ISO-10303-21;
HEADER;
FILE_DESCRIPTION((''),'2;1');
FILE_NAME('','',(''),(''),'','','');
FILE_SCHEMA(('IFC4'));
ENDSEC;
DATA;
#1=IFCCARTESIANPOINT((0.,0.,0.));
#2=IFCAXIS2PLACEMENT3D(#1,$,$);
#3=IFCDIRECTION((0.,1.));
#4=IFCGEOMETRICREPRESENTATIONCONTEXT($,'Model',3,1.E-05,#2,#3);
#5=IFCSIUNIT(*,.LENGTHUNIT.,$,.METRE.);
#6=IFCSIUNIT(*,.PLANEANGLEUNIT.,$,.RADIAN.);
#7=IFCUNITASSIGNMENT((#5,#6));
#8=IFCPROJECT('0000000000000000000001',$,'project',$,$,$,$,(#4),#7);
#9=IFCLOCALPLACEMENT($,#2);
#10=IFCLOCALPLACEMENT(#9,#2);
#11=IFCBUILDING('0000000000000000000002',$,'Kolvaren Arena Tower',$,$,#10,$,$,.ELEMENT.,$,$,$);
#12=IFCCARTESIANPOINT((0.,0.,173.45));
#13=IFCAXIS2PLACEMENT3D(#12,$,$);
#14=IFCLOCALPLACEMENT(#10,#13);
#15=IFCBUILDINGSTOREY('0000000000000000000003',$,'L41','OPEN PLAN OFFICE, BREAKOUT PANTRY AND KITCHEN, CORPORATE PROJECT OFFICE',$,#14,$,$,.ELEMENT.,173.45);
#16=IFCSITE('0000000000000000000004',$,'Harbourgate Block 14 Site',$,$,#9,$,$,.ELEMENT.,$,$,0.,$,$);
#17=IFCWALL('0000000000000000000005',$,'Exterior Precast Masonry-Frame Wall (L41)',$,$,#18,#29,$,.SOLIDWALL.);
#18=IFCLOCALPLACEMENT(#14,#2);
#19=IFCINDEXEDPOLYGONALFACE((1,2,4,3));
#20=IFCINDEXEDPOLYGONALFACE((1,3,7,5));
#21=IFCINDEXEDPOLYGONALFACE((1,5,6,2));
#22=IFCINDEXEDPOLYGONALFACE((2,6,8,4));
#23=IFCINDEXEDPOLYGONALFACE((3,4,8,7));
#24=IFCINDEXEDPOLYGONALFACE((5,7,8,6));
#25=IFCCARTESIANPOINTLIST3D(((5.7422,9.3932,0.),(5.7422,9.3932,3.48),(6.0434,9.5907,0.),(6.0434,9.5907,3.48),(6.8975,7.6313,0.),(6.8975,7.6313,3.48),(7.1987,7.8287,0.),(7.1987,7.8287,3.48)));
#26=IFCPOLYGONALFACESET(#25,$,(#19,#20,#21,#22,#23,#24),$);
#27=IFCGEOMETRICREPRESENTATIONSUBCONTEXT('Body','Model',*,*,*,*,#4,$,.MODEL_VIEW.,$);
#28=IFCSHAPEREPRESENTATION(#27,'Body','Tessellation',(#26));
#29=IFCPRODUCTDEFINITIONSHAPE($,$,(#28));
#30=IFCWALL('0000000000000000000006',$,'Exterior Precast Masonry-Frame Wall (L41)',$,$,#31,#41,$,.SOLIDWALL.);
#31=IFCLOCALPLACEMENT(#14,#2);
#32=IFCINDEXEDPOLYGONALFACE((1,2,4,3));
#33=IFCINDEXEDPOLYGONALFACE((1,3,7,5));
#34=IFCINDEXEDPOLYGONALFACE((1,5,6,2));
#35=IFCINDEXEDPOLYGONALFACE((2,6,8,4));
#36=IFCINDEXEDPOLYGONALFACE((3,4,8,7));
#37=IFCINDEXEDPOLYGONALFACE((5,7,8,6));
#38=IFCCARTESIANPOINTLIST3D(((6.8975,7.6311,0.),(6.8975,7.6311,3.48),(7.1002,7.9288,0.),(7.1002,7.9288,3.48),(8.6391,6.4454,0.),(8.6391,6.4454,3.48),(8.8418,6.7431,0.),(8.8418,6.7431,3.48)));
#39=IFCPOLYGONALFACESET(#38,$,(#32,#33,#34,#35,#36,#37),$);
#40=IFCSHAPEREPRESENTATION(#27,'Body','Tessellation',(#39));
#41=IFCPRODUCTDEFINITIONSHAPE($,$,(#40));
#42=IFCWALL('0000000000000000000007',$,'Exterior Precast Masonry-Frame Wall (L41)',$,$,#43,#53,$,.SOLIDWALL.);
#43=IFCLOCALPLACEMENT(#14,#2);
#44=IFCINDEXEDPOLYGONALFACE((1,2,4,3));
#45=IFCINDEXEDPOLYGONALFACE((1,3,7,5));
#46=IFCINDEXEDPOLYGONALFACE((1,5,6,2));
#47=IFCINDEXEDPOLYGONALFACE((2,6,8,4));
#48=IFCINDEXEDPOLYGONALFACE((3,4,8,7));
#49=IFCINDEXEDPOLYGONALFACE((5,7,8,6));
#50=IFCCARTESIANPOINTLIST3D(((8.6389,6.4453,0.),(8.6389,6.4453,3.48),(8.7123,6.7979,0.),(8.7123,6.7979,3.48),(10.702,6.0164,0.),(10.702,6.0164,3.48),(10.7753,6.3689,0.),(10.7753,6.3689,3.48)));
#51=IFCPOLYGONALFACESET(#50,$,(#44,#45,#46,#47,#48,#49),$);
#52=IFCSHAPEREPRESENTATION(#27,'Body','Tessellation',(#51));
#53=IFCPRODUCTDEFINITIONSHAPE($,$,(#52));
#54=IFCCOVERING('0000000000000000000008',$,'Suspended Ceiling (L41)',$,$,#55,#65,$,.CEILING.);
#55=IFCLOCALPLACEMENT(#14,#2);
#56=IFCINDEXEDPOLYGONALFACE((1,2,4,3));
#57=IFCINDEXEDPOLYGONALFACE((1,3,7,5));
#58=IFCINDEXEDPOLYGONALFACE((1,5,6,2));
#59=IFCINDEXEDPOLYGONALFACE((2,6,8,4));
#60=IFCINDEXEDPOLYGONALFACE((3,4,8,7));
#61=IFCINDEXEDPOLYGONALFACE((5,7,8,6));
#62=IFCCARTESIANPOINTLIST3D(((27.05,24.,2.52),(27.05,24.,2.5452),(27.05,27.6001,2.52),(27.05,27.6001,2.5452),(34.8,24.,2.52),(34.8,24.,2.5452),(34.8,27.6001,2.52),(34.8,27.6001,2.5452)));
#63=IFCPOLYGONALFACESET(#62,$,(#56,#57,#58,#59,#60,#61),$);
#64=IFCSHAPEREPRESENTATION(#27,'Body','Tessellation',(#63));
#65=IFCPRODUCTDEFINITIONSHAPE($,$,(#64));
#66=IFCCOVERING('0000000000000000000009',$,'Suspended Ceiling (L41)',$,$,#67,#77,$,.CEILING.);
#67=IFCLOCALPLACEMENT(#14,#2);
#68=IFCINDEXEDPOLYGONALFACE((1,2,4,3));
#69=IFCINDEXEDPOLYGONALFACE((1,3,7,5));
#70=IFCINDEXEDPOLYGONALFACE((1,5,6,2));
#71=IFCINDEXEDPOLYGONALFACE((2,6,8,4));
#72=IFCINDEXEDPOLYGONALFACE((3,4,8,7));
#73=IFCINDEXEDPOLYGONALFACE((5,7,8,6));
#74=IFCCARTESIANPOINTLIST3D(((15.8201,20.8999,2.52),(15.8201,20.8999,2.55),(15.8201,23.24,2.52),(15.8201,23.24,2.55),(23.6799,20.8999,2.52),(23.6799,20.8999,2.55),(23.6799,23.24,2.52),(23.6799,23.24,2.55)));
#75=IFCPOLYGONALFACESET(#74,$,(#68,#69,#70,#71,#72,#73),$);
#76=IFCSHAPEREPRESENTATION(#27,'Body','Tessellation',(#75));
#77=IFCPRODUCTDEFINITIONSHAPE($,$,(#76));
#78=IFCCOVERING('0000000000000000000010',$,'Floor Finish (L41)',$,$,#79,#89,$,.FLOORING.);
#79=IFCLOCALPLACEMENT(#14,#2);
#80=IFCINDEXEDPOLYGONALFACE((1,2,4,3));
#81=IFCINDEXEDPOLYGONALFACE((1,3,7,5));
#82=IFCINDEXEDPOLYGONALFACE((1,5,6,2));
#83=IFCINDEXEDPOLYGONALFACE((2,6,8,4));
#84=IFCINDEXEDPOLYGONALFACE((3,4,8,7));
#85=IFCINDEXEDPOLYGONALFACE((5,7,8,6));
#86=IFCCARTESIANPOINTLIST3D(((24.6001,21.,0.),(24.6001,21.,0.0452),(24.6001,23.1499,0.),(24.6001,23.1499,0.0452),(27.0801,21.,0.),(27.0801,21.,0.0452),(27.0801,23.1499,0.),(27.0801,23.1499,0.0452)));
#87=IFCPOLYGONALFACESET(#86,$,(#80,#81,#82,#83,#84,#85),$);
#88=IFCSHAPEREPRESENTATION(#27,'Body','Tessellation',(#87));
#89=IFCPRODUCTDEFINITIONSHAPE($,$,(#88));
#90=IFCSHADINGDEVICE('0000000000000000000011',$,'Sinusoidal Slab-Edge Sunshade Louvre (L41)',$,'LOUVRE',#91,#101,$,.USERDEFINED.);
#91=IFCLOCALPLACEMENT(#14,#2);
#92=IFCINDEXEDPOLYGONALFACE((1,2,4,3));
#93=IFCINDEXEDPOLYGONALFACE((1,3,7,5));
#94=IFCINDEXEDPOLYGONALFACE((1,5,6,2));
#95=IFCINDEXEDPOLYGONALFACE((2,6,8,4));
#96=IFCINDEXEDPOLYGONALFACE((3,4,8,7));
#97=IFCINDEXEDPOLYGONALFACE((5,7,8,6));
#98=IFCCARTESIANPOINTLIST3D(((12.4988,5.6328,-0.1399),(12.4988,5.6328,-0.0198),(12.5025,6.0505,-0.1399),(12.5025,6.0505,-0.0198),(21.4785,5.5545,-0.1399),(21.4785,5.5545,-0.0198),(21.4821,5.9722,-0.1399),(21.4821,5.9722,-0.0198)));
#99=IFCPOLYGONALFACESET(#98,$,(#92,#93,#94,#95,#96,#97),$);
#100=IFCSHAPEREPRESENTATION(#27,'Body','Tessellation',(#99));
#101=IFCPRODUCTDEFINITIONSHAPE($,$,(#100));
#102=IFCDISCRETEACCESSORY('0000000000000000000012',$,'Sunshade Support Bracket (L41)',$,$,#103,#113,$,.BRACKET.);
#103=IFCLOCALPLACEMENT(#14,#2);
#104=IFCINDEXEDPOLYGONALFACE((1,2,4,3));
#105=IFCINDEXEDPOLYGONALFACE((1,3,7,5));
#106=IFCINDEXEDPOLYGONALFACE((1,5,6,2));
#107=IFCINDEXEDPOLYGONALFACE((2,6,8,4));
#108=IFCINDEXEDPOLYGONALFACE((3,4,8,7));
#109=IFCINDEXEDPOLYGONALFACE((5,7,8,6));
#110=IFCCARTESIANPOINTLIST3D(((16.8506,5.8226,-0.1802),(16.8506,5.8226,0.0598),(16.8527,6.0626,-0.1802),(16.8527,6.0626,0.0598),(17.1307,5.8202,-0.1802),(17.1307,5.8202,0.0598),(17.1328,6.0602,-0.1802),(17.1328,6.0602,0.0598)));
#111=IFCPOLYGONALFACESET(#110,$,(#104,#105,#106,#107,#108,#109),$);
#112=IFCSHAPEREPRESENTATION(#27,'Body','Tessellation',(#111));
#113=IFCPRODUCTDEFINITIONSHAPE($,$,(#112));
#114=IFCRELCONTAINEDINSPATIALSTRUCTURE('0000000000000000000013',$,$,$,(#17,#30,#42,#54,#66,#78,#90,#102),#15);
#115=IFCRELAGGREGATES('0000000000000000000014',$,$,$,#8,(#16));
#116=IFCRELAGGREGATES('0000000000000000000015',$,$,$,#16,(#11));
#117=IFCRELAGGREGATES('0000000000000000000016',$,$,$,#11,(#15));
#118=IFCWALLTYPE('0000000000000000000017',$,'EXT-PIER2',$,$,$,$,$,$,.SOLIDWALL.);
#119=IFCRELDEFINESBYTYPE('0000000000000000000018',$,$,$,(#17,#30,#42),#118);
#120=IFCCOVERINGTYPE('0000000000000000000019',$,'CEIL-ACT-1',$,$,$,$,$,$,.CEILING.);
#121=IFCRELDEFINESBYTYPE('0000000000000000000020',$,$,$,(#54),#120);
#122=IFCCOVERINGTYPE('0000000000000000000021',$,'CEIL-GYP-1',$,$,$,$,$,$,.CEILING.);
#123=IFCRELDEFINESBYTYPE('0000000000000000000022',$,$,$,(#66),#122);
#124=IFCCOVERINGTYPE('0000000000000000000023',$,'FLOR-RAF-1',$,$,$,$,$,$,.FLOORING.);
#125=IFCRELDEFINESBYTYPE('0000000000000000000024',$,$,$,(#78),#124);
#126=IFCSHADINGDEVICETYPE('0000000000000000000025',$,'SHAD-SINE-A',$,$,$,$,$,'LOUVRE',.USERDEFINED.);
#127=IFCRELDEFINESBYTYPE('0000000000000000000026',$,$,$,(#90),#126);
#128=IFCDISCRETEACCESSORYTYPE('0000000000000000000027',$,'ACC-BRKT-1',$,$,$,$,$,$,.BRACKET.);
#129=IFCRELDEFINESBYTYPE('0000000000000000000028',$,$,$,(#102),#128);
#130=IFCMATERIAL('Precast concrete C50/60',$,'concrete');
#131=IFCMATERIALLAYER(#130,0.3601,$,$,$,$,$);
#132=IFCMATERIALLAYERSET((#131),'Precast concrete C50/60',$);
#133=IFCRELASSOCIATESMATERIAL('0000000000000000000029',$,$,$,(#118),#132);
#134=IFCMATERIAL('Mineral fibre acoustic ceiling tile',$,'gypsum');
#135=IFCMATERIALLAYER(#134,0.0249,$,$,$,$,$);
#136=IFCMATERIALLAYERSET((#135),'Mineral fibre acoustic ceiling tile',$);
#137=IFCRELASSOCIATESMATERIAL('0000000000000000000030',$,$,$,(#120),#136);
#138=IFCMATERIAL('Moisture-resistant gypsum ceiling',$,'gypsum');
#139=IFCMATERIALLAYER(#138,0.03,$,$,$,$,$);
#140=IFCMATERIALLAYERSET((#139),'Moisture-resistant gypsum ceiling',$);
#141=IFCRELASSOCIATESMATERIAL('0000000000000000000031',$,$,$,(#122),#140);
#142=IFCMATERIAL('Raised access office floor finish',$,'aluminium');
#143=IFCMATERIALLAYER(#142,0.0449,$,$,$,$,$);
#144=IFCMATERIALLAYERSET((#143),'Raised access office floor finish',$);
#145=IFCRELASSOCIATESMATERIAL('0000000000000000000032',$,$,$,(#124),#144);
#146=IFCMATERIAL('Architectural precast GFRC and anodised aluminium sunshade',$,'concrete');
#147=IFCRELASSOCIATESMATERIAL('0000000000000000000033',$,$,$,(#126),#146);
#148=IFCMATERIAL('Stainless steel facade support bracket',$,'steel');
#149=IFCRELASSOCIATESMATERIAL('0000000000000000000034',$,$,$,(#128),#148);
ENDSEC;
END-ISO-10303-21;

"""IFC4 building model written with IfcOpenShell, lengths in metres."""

from ifc_helpers import new_model, si_unit, direction, frame, frame_2d, origin, origin_2d, place, context, subcontext, project, spatial, polyline, rectangle, outline, extrude, material, layer, layer_set, type_object, element, save


model = new_model("IFC4")

# Units and contexts
model_context = context("Model", 3, precision=1e-05, world=origin(), true_north=direction((0.0, 1.0)))
body_context = subcontext(model_context, "Body", "Model", "MODEL_VIEW")
ifc_project = project(units=[si_unit("LENGTHUNIT", "METRE"), si_unit("PLANEANGLEUNIT", "RADIAN")], contexts=[model_context])

# Site, building, storey
site_placement = place(None, origin())
site = spatial("IfcSite", under=ifc_project, at=site_placement, Name="Harbourgate Block 14 Site", CompositionType="ELEMENT", RefElevation=0.0)
building_placement = place(site_placement, origin())
building = spatial("IfcBuilding", under=site, at=building_placement, Name="Kolvaren Arena Tower", CompositionType="ELEMENT")
storey_placement = place(building_placement, frame((0.0, 0.0, 173.45)))
storey = spatial("IfcBuildingStorey", under=building, at=storey_placement, Name="L41", Description="OPEN PLAN OFFICE, BREAKOUT PANTRY AND KITCHEN, CORPORATE PROJECT OFFICE", CompositionType="ELEMENT", Elevation=173.45)

# Walls
ifc_material_1 = material(Name="Precast concrete C50/60", Category="concrete")
ifc_layer_1 = layer(ifc_material_1, 0.3601)
ifc_layer_set_1 = layer_set([ifc_layer_1], Name="Precast concrete C50/60")
wall_type = type_object("IfcWallType", Name="EXT-PIER2", PredefinedType="SOLIDWALL", material=ifc_layer_set_1)
for number, where, z_axis, x_axis, name in (
    (1, (7.0481, 7.73, 0.0), (0.0, 0.0, 1.0), (-0.54832, 0.836269, 0.0), "Exterior Precast Masonry-Frame Wall (L41)"),
    (2, (8.7405, 6.5942, 0.0), (0.0, 0.0, 1.0), (-0.82661, 0.562776, 0.0), "Exterior Precast Masonry-Frame Wall (L41)"),
):
    element("IfcWall", number, at=place(storey_placement, frame(where, z_axis=z_axis, x_axis=x_axis)), inside=storey, type_object=wall_type, Name=name, PredefinedType="SOLIDWALL", context=body_context, shape_type="SweptSolid", body=[
        extrude(rectangle(XDim=2.1069, YDim=0.3601, at=frame_2d((1.0535, 0.0))), origin(), (0.0, 0.0, 1.0), 3.48),
    ])
wall_placement = place(storey_placement, frame((10.7388, 6.1926, 0.0), z_axis=(0.0, 0.0, 1.0), x_axis=(-0.979059, 0.203575, 0.0)))
element("IfcWall", 3, at=wall_placement, inside=storey, type_object=wall_type, Name="Exterior Precast Masonry-Frame Wall (L41)", PredefinedType="SOLIDWALL", context=body_context, shape_type="SweptSolid", body=[
    extrude(rectangle(XDim=2.1072, YDim=0.3601, at=frame_2d((1.0537, 0.0))), origin(), (0.0, 0.0, 1.0), 3.48),
])

# Coverings
ifc_material_2 = material(Name="Mineral fibre acoustic ceiling tile", Category="gypsum")
ifc_layer_2 = layer(ifc_material_2, 0.0249)
ifc_layer_set_2 = layer_set([ifc_layer_2], Name="Mineral fibre acoustic ceiling tile")
covering_type_1 = type_object("IfcCoveringType", Name="CEIL-ACT-1", PredefinedType="CEILING", material=ifc_layer_set_2)
covering_1_placement = place(storey_placement, frame((0.0, 0.0, 2.52)))
element("IfcCovering", 4, at=covering_1_placement, inside=storey, type_object=covering_type_1, Name="Suspended Ceiling (L41)", PredefinedType="CEILING", context=body_context, shape_type="SweptSolid", body=[
    extrude(outline(polyline([(27.05, 24.0), (27.05, 27.6001), (34.8, 27.6001), (34.8, 24.0), (27.05, 24.0)])), origin(), (0.0, 0.0, 1.0), 0.0251),
])
ifc_material_3 = material(Name="Moisture-resistant gypsum ceiling", Category="gypsum")
ifc_layer_3 = layer(ifc_material_3, 0.03)
ifc_layer_set_3 = layer_set([ifc_layer_3], Name="Moisture-resistant gypsum ceiling")
covering_type_2 = type_object("IfcCoveringType", Name="CEIL-GYP-1", PredefinedType="CEILING", material=ifc_layer_set_3)
covering_2_placement = place(storey_placement, frame((0.0, 0.0, 2.52)))
element("IfcCovering", 5, at=covering_2_placement, inside=storey, type_object=covering_type_2, Name="Suspended Ceiling (L41)", PredefinedType="CEILING", context=body_context, shape_type="SweptSolid", body=[
    extrude(outline(polyline([(15.8201, 20.8999), (15.8201, 23.24), (23.6799, 23.24), (23.6799, 20.8999), (15.8201, 20.8999)])), origin(), (0.0, 0.0, 1.0), 0.03),
])
ifc_material_4 = material(Name="Raised access office floor finish", Category="aluminium")
ifc_layer_4 = layer(ifc_material_4, 0.0449)
ifc_layer_set_4 = layer_set([ifc_layer_4], Name="Raised access office floor finish")
covering_type_3 = type_object("IfcCoveringType", Name="FLOR-RAF-1", PredefinedType="FLOORING", material=ifc_layer_set_4)
covering_3_placement = place(storey_placement, origin())
element("IfcCovering", 6, at=covering_3_placement, inside=storey, type_object=covering_type_3, Name="Floor Finish (L41)", PredefinedType="FLOORING", context=body_context, shape_type="SweptSolid", body=[
    extrude(outline(polyline([(24.6001, 21.0), (24.6001, 23.1499), (27.0801, 23.1499), (27.0801, 21.0), (24.6001, 21.0)])), origin(), (0.0, 0.0, 1.0), 0.0452),
])

# Shading device
ifc_material_5 = material(Name="Architectural precast GFRC and anodised aluminium sunshade", Category="concrete")
shading_device_type = type_object("IfcShadingDeviceType", Name="SHAD-SINE-A", ElementType="LOUVRE", PredefinedType="USERDEFINED", material=ifc_material_5)
shading_device_placement = place(storey_placement, frame((16.9905, 5.8025, -0.1399), z_axis=(0.0, 0.0, 1.0), x_axis=(-0.999962, 0.008727, 0.0)))
element("IfcShadingDevice", 7, at=shading_device_placement, inside=storey, type_object=shading_device_type, Name="Sinusoidal Slab-Edge Sunshade Louvre (L41)", ObjectType="LOUVRE", PredefinedType="USERDEFINED", context=body_context, shape_type="SweptSolid", body=[
    extrude(rectangle(XDim=8.98, YDim=0.4177, at=origin_2d()), origin(), (0.0, 0.0, 1.0), 0.1201),
])

# Discrete accessory
ifc_material_6 = material(Name="Stainless steel facade support bracket", Category="steel")
discrete_accessory_type = type_object("IfcDiscreteAccessoryType", Name="ACC-BRKT-1", PredefinedType="BRACKET", material=ifc_material_6)
discrete_accessory_placement = place(storey_placement, frame((16.9917, 5.9414, -0.1802), z_axis=(0.0, 0.0, 1.0), x_axis=(-0.999962, 0.008727, 0.0)))
element("IfcDiscreteAccessory", 8, at=discrete_accessory_placement, inside=storey, type_object=discrete_accessory_type, Name="Sunshade Support Bracket (L41)", PredefinedType="BRACKET", context=body_context, shape_type="SweptSolid", body=[
    extrude(rectangle(XDim=0.28, YDim=0.24, at=origin_2d()), origin(), (0.0, 0.0, 1.0), 0.24),
])

save(model, "model.ifc")
